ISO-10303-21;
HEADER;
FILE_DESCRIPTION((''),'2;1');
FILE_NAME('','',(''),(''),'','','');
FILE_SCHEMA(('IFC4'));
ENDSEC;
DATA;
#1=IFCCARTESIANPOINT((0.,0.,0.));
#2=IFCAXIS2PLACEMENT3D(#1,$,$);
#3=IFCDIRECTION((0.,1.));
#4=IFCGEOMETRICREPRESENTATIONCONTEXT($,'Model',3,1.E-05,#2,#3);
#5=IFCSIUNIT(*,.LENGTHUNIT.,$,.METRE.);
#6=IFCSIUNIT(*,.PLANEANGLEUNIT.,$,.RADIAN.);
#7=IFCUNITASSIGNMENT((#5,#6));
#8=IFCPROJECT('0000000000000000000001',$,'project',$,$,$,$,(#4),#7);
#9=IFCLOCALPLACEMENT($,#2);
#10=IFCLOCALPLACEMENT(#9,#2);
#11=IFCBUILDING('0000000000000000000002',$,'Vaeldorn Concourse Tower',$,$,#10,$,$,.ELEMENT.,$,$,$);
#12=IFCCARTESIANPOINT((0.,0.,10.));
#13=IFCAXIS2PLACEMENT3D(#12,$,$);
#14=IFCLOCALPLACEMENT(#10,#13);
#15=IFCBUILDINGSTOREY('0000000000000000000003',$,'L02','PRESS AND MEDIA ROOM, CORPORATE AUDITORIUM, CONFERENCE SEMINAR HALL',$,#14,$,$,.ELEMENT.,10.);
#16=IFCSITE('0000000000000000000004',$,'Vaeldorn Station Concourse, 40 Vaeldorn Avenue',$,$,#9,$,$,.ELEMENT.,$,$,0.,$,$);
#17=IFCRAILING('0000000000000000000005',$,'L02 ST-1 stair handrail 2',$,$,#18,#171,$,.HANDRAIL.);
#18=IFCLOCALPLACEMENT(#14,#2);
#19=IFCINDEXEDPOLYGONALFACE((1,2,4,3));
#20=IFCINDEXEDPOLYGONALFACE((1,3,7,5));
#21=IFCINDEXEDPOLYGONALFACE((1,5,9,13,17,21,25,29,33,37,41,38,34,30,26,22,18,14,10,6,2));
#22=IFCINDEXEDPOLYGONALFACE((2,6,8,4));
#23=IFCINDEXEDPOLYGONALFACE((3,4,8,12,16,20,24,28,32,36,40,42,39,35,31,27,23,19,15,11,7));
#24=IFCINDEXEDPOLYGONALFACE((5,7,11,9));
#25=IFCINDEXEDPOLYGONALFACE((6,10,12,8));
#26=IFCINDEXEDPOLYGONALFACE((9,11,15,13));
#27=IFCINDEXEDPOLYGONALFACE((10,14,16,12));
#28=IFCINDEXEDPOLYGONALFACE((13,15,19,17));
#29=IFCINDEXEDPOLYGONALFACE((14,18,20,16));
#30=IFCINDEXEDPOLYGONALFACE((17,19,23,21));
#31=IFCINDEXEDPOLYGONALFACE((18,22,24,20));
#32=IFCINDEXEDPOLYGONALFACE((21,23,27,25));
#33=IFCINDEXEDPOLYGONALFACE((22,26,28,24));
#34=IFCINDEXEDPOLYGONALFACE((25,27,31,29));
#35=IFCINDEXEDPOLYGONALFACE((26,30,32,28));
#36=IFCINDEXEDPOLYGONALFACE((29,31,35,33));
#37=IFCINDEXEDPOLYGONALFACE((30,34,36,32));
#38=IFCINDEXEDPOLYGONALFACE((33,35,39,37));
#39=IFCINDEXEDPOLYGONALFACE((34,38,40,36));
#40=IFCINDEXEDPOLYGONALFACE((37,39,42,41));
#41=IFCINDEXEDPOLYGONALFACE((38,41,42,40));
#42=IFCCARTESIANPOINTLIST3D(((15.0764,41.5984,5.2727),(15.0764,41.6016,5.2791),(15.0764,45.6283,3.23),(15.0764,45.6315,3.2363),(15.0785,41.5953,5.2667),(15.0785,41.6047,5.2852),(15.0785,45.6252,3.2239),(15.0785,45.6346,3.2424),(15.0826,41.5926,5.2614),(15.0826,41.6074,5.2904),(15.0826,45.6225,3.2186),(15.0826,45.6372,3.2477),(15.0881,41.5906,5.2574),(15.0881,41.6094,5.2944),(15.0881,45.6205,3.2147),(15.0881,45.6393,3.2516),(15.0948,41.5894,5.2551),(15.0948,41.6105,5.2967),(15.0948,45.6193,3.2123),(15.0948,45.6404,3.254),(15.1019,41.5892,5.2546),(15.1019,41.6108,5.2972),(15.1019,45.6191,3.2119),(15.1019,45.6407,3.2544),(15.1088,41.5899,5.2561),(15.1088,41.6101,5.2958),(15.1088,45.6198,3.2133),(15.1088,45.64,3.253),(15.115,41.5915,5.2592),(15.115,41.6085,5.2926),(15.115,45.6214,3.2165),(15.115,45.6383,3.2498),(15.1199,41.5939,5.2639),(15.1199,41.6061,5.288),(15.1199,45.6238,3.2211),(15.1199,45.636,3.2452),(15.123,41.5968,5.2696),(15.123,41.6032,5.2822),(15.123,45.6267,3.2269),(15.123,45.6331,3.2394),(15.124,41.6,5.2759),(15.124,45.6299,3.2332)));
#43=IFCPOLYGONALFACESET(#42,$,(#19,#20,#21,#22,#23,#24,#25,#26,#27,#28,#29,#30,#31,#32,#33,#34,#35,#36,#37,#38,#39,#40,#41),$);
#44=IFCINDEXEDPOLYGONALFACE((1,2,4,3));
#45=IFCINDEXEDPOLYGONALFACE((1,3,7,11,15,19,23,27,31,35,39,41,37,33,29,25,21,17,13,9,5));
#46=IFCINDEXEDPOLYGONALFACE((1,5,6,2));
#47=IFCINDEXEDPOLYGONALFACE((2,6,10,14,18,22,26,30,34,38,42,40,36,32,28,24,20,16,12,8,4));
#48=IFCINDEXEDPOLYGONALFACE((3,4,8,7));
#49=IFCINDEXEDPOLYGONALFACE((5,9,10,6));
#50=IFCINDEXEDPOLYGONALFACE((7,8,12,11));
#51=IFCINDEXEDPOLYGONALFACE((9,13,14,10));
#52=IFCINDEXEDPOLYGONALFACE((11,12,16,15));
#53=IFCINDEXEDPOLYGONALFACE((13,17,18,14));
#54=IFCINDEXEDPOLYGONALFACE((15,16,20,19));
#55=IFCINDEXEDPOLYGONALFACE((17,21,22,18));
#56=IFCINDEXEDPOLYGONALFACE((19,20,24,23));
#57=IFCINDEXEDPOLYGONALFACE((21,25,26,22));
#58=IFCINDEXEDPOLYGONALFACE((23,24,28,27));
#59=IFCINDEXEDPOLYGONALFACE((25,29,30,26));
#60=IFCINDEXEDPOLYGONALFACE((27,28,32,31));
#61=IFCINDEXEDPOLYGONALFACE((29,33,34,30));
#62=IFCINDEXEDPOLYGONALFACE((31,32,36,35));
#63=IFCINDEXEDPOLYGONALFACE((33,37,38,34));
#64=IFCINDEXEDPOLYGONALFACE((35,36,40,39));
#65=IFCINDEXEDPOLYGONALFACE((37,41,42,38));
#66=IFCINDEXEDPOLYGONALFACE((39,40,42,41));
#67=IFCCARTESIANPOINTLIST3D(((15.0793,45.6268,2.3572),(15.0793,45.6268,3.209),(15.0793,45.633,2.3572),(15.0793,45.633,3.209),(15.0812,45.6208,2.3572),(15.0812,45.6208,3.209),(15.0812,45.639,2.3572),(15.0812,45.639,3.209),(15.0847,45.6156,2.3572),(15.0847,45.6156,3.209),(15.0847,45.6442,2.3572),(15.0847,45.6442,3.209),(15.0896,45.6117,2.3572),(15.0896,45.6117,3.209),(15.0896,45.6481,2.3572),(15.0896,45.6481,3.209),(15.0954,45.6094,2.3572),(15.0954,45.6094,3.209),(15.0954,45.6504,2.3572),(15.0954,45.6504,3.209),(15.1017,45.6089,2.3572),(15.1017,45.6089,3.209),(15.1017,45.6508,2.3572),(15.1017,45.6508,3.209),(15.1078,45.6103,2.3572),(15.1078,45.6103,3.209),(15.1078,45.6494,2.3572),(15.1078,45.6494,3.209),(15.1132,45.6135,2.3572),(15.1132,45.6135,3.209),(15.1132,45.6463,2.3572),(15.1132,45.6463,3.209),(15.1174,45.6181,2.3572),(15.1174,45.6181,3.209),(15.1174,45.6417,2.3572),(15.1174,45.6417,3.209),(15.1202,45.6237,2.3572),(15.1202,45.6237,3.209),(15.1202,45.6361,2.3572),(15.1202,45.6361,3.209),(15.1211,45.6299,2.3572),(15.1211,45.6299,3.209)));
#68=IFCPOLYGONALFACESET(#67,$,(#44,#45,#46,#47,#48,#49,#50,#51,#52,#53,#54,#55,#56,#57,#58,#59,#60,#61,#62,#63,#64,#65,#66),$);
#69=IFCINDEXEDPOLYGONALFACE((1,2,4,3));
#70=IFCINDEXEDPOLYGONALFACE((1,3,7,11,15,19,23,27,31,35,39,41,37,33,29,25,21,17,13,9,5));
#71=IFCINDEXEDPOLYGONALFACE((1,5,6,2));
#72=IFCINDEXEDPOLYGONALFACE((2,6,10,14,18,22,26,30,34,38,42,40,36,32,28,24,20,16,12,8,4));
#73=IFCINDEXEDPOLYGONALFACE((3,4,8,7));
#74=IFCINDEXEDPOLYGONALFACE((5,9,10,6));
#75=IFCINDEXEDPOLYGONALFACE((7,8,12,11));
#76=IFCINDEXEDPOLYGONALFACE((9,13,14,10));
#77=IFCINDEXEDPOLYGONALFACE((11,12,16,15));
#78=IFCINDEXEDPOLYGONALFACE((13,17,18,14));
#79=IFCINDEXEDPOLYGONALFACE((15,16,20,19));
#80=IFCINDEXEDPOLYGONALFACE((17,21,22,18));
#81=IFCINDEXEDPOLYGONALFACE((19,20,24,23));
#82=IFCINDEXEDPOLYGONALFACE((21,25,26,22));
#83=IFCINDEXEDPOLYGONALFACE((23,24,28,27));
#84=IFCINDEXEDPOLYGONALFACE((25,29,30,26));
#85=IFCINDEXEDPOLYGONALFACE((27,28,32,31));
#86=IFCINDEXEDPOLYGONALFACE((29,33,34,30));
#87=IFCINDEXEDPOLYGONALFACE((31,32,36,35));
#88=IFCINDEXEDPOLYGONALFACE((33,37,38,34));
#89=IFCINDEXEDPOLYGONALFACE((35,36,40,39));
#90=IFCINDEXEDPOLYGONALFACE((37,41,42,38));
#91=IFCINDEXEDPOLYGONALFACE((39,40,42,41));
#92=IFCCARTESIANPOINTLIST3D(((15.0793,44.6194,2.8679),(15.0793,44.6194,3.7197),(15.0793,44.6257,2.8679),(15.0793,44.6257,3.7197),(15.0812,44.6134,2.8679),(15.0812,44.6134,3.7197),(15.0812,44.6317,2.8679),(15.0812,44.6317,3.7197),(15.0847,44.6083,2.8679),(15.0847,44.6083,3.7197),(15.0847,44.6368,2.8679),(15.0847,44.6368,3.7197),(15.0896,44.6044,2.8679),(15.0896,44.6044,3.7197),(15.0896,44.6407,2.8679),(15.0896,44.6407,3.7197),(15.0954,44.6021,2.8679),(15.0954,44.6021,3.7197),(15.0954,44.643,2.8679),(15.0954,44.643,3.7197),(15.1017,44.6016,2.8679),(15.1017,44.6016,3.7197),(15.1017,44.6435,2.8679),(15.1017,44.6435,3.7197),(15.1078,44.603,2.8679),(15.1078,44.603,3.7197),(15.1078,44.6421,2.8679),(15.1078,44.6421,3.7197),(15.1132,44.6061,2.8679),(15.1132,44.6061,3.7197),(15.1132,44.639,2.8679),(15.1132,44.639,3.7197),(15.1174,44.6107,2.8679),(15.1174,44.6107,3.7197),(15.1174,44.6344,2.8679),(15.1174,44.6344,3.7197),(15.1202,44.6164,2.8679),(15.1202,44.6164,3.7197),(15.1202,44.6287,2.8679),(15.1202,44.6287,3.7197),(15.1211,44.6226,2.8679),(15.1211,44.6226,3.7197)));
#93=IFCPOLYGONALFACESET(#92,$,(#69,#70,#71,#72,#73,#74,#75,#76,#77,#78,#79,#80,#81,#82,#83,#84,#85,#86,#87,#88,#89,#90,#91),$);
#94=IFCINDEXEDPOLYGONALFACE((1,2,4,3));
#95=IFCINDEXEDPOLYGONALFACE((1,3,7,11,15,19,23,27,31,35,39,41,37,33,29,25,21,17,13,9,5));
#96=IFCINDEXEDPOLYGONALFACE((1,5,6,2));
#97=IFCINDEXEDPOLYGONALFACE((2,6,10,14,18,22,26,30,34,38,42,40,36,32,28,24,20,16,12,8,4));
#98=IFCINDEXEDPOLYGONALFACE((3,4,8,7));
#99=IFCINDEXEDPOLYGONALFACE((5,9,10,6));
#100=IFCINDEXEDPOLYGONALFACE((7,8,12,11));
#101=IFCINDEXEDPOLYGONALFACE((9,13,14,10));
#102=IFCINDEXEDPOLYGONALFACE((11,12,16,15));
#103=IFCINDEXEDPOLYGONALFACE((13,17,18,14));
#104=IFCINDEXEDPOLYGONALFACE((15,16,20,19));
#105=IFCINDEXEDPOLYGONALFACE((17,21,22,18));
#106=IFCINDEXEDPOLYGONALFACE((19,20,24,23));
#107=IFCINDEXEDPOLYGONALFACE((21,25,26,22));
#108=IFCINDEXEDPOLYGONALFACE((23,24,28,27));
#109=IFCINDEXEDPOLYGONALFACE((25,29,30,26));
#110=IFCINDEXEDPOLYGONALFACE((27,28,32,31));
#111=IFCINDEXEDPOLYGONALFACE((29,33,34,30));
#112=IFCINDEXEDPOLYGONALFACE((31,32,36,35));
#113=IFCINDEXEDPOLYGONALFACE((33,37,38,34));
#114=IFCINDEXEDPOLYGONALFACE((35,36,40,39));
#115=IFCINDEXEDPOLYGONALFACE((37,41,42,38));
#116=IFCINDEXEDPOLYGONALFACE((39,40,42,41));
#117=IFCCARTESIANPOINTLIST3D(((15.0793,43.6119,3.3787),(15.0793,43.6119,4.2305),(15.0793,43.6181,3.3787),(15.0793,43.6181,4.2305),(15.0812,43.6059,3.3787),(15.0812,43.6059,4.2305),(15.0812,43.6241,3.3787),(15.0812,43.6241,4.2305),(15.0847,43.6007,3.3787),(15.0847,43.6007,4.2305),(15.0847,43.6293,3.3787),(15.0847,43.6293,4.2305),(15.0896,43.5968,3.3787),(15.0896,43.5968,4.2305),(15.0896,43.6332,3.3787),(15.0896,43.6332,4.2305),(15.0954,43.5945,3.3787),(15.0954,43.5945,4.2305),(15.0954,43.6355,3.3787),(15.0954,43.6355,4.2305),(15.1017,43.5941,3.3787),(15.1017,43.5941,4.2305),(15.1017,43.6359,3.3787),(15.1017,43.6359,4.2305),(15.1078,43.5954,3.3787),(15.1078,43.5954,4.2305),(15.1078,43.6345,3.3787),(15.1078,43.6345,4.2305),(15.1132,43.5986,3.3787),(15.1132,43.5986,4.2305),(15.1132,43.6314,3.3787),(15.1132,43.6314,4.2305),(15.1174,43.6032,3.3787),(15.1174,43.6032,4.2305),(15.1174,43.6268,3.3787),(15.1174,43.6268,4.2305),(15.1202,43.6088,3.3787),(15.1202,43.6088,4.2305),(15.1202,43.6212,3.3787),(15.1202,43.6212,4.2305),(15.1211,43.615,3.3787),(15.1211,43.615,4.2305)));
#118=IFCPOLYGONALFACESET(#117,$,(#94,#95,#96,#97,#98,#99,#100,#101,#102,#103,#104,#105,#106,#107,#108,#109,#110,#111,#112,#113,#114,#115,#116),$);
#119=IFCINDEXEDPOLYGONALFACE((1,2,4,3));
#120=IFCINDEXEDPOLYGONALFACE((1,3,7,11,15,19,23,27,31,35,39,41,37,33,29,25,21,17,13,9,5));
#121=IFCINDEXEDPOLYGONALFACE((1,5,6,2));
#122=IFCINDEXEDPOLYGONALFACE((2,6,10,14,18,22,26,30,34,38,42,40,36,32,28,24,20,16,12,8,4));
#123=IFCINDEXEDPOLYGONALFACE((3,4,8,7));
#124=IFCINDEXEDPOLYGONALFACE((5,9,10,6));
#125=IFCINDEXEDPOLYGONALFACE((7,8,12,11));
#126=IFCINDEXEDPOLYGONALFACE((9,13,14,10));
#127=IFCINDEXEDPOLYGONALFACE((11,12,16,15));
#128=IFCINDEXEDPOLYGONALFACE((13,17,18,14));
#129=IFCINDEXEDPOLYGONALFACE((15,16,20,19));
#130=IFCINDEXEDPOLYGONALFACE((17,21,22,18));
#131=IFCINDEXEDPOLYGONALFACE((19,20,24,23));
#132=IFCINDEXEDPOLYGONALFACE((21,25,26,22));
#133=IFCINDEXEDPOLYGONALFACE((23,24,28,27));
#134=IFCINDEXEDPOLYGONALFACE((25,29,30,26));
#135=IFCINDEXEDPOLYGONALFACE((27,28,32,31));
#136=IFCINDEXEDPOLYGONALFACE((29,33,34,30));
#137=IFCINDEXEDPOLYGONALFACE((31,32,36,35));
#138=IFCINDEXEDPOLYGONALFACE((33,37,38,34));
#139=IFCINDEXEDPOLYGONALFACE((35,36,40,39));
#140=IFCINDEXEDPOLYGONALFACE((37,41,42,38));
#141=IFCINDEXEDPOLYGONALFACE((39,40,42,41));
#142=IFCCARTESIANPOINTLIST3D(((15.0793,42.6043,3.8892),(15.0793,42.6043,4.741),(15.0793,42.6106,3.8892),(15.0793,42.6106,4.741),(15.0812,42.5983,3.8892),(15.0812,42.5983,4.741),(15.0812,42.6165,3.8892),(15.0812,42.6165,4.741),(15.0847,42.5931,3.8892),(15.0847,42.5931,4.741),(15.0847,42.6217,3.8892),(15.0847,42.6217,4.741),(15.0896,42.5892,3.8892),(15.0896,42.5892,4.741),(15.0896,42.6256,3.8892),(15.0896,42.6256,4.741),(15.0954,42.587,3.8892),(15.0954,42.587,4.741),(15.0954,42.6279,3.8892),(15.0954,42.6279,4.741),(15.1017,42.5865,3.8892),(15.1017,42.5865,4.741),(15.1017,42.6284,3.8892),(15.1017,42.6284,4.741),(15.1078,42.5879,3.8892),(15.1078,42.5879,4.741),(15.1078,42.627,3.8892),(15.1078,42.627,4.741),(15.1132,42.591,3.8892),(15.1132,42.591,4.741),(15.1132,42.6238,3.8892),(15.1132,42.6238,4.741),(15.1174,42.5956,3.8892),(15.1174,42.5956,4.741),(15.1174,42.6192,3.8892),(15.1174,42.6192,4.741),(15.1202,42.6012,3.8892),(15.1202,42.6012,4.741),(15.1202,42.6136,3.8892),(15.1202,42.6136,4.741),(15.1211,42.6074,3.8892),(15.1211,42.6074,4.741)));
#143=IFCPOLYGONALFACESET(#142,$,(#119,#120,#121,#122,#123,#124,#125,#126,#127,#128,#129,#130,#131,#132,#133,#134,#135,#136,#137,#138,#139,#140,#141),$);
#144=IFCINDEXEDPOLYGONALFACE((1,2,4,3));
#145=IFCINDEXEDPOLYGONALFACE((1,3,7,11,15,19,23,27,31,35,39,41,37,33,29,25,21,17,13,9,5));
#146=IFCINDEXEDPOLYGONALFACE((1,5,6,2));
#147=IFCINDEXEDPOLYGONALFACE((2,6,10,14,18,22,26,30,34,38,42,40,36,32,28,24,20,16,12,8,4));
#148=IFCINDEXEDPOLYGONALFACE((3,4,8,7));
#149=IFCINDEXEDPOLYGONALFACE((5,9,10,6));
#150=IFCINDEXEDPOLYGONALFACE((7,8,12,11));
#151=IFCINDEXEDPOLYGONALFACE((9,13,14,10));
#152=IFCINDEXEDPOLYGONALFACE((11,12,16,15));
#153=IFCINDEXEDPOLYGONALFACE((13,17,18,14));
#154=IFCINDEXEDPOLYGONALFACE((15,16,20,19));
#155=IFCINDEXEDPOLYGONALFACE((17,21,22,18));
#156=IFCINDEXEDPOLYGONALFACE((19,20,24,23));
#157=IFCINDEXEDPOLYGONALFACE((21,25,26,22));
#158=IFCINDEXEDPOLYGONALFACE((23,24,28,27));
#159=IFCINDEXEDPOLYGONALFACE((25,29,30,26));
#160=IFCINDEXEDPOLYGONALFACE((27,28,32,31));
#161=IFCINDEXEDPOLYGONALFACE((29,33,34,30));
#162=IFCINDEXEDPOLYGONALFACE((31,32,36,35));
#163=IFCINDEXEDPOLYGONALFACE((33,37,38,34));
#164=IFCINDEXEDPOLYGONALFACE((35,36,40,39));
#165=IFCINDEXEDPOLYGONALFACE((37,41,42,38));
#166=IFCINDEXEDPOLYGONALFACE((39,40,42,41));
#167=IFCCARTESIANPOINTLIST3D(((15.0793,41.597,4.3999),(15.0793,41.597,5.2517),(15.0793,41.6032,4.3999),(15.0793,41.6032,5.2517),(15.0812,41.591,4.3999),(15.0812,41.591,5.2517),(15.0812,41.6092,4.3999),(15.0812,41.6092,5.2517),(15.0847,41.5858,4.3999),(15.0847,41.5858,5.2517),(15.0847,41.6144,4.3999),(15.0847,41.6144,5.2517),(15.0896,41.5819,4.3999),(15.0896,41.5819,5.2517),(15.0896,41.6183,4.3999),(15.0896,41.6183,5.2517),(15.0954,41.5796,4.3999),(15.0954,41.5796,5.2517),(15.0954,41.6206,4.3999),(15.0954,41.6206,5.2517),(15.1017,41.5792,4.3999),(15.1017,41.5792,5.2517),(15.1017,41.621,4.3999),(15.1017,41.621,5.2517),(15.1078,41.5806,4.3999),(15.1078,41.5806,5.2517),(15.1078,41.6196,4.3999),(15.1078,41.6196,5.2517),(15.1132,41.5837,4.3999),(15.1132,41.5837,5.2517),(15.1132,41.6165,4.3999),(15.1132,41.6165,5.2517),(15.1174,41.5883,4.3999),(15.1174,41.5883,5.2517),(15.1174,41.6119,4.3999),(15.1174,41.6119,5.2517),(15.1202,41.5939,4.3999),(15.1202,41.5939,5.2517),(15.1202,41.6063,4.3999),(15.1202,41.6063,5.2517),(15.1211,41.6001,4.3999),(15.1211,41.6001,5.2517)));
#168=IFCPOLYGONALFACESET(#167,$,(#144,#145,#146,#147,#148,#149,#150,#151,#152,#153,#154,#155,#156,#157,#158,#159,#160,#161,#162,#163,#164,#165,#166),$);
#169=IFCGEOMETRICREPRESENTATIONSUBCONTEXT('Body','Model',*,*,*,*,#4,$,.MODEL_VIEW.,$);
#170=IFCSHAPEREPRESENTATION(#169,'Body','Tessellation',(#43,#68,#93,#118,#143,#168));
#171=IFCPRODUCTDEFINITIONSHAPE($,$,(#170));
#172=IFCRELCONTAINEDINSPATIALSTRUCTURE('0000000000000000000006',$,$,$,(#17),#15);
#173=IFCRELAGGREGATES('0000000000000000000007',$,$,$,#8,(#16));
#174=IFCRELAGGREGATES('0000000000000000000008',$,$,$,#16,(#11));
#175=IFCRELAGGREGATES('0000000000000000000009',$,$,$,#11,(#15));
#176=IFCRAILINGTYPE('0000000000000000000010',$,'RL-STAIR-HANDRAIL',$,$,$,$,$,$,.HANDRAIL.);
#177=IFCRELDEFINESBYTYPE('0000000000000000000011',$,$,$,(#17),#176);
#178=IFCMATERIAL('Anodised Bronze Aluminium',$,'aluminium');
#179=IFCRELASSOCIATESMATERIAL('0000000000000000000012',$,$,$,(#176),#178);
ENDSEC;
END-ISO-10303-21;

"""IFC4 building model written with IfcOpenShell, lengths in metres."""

from ifc_helpers import new_model, si_unit, direction, frame, origin, origin_2d, place, context, subcontext, project, spatial, circle, extrude, material, type_object, element, save


model = new_model("IFC4")

# Units and contexts
model_context = context("Model", 3, precision=1e-05, world=origin(), true_north=direction((0.0, 1.0)))
body_context = subcontext(model_context, "Body", "Model", "MODEL_VIEW")
ifc_project = project(units=[si_unit("LENGTHUNIT", "METRE"), si_unit("PLANEANGLEUNIT", "RADIAN")], contexts=[model_context])

# Site, building, storey
site_placement = place(None, origin())
site = spatial("IfcSite", under=ifc_project, at=site_placement, Name="Vaeldorn Station Concourse, 40 Vaeldorn Avenue", CompositionType="ELEMENT", RefElevation=0.0)
building_placement = place(site_placement, origin())
building = spatial("IfcBuilding", under=site, at=building_placement, Name="Vaeldorn Concourse Tower", CompositionType="ELEMENT")
storey_placement = place(building_placement, frame((0.0, 0.0, 10.0)))
storey = spatial("IfcBuildingStorey", under=building, at=storey_placement, Name="L02", Description="PRESS AND MEDIA ROOM, CORPORATE AUDITORIUM, CONFERENCE SEMINAR HALL", CompositionType="ELEMENT", Elevation=10.0)

# Shared definitions
ifc_material_1 = material(Name="Anodised Bronze Aluminium", Category="aluminium")

# Railing
railing_type_1 = type_object("IfcRailingType", Name="RL-STAIR-HANDRAIL", PredefinedType="HANDRAIL", material=ifc_material_1)
railing_1_placement = place(storey_placement, frame((15.1001, 45.6299, 2.3572)))
element("IfcRailing", 1, at=railing_1_placement, inside=storey, type_object=railing_type_1, Name="L02 ST-1 stair handrail 2", PredefinedType="HANDRAIL", context=body_context, shape_type="SweptSolid", body=[
    extrude(circle(Radius=0.0239, at=origin_2d()), frame((0.0, 0.0, 0.876), z_axis=(0.0, -0.891949, 0.452135), x_axis=(1.0, 0.0, 0.0)), (0.0, 0.0, 1.0), 4.5181),
    extrude(circle(Radius=0.021, at=origin_2d()), origin(), (0.0, 0.0, 1.0), 0.8518),
    extrude(circle(Radius=0.021, at=origin_2d()), frame((0.0, -1.0073, 0.5107)), (0.0, 0.0, 1.0), 0.8518),
    extrude(circle(Radius=0.021, at=origin_2d()), frame((0.0, -2.0149, 1.0215)), (0.0, 0.0, 1.0), 0.8518),
    extrude(circle(Radius=0.021, at=origin_2d()), frame((0.0, -3.0225, 1.532)), (0.0, 0.0, 1.0), 0.8518),
    extrude(circle(Radius=0.021, at=origin_2d()), frame((0.0, -4.0298, 2.0427)), (0.0, 0.0, 1.0), 0.8518),
])

save(model, "model.ifc")
